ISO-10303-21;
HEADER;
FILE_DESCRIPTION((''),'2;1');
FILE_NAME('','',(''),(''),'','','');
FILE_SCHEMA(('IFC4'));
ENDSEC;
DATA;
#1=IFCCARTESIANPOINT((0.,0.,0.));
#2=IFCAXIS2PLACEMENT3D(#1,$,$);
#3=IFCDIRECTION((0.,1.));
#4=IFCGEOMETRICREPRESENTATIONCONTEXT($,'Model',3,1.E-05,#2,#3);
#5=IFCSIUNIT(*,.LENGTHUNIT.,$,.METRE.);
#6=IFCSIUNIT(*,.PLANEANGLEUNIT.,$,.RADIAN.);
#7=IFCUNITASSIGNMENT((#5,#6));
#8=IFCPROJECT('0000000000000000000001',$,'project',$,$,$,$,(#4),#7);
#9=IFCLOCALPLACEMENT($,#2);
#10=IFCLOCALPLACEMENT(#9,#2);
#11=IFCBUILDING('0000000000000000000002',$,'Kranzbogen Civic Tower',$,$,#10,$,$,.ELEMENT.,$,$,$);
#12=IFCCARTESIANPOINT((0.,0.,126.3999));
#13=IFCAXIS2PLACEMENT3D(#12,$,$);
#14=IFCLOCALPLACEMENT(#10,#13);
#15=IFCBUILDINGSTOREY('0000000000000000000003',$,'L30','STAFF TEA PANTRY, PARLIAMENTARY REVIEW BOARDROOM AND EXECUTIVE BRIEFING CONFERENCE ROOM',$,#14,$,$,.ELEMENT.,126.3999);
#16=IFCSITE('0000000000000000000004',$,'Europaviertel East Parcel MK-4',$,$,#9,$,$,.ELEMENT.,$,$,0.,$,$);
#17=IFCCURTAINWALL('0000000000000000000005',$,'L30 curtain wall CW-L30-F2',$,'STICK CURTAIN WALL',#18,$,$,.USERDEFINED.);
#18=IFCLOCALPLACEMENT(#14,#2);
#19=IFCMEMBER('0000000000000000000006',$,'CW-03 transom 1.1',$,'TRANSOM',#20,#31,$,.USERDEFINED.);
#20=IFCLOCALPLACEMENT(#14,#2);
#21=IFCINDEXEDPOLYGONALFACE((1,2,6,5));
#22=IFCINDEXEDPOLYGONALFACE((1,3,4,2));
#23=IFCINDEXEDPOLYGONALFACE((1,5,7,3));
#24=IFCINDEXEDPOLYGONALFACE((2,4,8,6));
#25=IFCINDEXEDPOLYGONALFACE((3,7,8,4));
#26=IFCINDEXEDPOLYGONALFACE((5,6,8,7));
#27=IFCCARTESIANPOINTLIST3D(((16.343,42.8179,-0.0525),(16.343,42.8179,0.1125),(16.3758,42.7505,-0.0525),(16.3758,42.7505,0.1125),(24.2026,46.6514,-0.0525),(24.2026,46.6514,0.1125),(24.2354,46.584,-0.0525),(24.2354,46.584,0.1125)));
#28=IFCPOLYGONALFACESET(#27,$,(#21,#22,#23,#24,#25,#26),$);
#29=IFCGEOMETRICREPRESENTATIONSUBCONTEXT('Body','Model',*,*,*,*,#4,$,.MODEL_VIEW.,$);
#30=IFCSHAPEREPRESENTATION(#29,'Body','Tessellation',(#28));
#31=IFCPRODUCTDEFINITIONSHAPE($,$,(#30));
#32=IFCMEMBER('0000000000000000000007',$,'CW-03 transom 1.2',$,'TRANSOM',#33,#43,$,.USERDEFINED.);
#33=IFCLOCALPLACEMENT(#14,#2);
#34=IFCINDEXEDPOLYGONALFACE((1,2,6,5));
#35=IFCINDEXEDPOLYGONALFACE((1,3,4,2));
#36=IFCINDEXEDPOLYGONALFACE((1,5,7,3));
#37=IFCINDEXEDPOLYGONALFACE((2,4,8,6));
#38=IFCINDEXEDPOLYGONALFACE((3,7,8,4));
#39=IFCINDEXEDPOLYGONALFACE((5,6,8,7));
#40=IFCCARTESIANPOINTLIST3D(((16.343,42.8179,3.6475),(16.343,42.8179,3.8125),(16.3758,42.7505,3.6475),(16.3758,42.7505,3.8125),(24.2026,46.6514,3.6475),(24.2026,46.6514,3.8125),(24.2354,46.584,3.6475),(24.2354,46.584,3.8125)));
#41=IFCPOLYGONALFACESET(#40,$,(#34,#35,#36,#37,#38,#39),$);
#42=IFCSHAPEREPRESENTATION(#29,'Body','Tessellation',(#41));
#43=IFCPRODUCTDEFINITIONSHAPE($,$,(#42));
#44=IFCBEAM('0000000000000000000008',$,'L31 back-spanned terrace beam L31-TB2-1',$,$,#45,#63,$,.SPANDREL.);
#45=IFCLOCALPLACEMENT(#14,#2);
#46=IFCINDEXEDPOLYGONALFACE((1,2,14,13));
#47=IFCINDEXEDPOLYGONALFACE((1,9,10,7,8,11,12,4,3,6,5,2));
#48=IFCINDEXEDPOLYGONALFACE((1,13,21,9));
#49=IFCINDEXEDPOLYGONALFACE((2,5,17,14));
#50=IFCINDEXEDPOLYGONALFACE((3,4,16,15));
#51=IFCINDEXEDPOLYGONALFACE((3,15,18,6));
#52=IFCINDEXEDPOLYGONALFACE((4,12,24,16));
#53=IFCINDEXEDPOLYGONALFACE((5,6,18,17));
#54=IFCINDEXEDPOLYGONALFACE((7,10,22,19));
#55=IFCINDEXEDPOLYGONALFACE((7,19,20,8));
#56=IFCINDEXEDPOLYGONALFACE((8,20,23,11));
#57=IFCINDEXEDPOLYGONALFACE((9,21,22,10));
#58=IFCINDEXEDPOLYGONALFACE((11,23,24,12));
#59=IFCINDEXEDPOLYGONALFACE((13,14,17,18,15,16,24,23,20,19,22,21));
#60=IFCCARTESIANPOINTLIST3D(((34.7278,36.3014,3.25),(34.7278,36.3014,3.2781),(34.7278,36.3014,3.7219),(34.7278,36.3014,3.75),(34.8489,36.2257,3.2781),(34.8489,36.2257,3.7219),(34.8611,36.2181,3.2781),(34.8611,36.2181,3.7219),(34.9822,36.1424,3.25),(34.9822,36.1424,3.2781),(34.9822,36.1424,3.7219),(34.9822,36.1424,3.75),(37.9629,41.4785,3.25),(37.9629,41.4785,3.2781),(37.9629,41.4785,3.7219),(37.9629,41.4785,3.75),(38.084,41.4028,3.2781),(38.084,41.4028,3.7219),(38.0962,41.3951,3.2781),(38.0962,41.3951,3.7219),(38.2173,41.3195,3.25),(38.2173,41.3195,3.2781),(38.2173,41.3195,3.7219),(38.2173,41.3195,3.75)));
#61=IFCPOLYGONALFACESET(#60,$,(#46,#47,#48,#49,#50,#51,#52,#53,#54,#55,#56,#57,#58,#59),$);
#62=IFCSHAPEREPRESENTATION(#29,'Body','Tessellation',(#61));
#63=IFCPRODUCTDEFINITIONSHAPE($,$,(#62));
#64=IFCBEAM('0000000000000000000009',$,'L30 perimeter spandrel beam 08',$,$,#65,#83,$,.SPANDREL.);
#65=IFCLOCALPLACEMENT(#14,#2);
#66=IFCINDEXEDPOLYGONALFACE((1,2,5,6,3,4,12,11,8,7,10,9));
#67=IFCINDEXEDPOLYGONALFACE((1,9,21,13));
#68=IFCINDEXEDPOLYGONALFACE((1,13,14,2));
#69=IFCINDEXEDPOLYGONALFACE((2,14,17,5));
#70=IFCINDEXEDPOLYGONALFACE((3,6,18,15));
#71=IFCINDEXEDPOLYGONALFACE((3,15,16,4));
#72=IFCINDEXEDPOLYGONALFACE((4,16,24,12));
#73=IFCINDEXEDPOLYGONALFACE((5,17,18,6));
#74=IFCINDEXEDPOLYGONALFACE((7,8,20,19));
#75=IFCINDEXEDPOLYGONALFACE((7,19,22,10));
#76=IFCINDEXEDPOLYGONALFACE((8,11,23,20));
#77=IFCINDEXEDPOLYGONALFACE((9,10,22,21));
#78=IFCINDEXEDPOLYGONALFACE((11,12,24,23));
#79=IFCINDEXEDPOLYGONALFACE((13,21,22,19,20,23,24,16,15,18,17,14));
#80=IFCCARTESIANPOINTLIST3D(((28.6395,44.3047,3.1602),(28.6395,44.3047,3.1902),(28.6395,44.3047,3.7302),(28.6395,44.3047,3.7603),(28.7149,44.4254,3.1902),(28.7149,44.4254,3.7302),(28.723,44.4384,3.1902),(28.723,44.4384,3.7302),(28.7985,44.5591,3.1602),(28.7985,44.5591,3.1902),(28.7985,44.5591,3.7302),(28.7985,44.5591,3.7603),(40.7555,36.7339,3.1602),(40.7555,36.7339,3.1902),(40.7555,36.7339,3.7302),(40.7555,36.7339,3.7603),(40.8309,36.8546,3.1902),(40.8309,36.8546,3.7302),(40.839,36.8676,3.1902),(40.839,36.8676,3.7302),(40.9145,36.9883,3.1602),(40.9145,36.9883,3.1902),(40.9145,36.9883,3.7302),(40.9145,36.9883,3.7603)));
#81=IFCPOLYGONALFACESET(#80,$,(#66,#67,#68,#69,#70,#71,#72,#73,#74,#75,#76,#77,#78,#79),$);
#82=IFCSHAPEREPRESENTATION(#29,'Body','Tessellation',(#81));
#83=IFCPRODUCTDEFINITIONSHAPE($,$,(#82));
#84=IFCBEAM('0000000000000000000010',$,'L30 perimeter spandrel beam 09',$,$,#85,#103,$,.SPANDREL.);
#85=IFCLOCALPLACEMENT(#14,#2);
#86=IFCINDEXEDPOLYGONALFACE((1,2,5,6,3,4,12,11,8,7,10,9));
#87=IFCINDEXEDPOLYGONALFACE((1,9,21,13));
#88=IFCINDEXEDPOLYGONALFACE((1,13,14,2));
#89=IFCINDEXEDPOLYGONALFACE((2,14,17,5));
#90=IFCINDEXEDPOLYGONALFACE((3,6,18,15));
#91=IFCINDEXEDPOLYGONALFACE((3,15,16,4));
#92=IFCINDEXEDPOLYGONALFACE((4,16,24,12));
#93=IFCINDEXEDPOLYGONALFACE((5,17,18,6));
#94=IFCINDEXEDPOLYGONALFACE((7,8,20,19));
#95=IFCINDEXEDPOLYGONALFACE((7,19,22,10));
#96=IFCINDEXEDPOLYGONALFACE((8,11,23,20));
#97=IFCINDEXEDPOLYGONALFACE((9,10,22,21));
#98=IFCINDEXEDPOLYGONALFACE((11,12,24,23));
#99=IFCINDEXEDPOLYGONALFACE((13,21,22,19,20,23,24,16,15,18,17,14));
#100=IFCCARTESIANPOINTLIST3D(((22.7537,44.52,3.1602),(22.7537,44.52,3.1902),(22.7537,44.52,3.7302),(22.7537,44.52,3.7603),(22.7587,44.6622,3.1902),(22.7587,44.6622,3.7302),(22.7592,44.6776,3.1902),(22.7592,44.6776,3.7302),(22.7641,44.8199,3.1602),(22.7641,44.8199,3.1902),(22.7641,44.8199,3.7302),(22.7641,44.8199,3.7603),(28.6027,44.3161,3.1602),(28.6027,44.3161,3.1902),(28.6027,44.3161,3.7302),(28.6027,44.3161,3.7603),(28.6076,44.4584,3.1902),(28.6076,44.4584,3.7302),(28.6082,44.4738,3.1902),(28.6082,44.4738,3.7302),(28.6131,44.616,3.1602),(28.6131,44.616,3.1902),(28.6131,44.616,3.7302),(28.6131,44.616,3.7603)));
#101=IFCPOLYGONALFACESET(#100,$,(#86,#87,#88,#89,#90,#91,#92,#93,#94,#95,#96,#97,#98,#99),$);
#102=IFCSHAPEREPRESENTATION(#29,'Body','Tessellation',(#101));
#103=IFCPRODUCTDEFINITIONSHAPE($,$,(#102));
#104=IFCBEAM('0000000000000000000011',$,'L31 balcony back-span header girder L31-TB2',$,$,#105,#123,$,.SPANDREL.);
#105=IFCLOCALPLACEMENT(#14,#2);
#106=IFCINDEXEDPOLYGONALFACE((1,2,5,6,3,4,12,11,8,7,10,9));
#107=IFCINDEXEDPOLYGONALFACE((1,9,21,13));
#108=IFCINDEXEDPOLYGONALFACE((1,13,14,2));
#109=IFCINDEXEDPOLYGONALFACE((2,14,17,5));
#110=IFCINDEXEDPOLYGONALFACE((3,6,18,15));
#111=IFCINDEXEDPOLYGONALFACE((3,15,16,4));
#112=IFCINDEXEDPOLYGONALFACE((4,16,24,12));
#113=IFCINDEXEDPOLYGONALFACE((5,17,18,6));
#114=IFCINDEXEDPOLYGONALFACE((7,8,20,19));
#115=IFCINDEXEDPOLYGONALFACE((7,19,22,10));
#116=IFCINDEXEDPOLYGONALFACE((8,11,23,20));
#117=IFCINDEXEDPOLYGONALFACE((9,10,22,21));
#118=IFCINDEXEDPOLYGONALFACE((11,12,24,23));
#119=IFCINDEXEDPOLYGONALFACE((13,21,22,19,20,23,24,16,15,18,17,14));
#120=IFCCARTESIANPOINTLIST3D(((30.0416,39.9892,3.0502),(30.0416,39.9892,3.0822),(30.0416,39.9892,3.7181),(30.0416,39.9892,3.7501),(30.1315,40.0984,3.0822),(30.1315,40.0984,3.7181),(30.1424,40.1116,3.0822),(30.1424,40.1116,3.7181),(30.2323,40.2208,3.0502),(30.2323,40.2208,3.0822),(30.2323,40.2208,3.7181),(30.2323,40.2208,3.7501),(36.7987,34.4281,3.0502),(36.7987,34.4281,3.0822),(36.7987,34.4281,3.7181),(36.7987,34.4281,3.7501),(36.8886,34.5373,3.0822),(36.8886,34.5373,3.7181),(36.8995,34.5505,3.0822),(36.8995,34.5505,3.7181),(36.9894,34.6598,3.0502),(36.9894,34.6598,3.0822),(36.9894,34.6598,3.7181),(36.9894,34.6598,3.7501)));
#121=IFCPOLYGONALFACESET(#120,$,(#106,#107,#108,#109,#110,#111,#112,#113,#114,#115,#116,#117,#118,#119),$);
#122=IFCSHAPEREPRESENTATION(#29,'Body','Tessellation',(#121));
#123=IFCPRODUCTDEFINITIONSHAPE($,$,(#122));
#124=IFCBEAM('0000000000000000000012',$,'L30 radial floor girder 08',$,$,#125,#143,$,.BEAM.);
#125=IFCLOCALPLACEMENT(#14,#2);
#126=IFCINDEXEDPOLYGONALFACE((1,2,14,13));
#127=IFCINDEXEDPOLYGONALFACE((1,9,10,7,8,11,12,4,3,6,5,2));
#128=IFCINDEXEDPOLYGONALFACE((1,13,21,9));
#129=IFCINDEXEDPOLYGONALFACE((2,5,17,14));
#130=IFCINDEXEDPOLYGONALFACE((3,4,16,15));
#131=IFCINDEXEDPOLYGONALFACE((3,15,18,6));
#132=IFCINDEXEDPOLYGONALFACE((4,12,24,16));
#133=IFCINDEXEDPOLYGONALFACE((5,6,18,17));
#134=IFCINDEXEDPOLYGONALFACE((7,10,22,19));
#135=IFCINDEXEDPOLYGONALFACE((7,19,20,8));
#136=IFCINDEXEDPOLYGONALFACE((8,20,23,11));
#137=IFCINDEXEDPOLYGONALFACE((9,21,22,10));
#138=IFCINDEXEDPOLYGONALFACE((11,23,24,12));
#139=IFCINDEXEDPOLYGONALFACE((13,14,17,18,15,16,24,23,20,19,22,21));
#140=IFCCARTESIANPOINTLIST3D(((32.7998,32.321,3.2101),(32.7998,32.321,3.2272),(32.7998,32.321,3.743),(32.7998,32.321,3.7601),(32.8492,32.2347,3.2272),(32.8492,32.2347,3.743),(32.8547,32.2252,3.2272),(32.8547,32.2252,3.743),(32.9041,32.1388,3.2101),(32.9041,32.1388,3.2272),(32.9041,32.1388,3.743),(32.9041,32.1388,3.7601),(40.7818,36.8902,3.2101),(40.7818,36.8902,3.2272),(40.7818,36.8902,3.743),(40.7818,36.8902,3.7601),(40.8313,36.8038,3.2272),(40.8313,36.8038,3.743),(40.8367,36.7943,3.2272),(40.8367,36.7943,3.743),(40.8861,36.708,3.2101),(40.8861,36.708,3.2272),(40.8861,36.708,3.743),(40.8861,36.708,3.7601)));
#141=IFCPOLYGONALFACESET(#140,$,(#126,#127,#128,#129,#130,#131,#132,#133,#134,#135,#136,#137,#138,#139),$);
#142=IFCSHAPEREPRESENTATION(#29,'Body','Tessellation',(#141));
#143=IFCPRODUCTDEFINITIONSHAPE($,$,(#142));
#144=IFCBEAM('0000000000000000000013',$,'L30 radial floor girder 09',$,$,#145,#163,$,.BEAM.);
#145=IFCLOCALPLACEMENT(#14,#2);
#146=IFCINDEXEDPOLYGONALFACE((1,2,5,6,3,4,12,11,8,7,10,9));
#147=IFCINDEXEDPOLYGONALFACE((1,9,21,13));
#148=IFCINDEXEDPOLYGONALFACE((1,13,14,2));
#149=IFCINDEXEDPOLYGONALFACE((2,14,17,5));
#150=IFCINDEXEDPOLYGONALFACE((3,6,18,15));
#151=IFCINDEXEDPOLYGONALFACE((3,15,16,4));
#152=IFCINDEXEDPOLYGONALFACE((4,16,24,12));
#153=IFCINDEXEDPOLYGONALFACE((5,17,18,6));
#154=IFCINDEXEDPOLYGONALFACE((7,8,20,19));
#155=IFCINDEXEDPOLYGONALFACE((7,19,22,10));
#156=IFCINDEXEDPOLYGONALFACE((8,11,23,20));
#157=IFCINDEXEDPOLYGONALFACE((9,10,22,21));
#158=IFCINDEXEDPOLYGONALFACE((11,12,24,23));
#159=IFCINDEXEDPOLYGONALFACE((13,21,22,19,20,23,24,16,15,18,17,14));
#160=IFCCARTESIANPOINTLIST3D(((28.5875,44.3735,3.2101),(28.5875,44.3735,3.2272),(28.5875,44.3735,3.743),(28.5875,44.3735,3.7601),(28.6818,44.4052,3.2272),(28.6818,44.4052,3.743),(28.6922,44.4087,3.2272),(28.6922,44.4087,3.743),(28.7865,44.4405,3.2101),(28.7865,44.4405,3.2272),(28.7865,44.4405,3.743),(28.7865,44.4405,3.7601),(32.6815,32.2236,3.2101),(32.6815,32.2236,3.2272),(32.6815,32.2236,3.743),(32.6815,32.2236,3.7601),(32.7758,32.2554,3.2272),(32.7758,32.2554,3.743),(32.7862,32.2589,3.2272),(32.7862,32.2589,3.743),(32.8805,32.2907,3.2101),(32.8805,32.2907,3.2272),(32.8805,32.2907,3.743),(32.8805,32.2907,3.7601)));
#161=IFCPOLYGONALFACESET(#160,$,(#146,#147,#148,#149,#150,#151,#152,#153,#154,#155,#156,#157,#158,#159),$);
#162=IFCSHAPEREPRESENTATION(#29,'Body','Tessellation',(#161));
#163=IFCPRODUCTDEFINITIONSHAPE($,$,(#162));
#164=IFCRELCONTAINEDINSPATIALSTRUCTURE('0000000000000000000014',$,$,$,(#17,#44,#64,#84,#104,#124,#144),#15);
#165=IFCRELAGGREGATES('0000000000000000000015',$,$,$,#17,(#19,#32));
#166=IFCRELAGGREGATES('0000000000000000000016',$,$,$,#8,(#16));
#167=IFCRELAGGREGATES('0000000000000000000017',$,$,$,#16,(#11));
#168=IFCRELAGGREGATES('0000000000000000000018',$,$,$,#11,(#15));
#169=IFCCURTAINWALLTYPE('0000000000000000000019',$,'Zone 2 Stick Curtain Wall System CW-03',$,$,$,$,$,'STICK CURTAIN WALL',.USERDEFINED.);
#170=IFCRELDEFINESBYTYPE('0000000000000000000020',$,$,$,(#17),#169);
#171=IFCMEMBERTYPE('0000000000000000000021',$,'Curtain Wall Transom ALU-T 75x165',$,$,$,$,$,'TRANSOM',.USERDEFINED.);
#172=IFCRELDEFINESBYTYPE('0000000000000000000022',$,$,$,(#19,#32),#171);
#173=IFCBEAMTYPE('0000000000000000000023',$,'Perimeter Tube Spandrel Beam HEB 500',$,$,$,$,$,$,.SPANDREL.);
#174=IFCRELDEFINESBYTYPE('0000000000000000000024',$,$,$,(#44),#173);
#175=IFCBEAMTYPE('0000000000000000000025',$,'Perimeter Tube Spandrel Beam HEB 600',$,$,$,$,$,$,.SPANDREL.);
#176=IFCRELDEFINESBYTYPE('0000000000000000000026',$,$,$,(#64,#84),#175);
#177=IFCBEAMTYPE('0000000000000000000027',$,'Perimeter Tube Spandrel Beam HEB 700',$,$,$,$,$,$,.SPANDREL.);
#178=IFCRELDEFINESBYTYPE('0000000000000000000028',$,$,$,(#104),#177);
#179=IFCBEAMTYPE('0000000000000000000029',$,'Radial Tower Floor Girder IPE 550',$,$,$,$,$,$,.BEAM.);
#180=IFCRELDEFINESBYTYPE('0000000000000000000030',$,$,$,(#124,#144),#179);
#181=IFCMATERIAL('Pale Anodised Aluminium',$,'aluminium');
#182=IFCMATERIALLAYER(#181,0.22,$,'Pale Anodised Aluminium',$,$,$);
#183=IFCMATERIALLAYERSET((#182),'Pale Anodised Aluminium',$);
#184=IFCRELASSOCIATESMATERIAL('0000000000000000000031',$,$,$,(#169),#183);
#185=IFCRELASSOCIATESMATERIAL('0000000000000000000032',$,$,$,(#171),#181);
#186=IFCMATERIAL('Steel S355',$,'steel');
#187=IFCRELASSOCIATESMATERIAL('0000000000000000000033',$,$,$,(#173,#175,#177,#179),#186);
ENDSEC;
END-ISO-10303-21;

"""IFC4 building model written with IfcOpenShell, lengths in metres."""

from ifc_helpers import new_model, si_unit, direction, frame, origin, origin_2d, place, context, subcontext, project, spatial, rectangle, i_section, extrude, material, layer, layer_set, material_profile, profile_set, type_object, element, aggregate, save


model = new_model("IFC4")

# Units and contexts
model_context = context("Model", 3, precision=1e-05, world=origin(), true_north=direction((0.0, 1.0)))
body_context = subcontext(model_context, "Body", "Model", "MODEL_VIEW")
ifc_project = project(units=[si_unit("LENGTHUNIT", "METRE"), si_unit("PLANEANGLEUNIT", "RADIAN")], contexts=[model_context])

# Site, building, storey
site_placement = place(None, origin())
site = spatial("IfcSite", under=ifc_project, at=site_placement, Name="Europaviertel East Parcel MK-4", CompositionType="ELEMENT", RefElevation=0.0)
building_placement = place(site_placement, origin())
building = spatial("IfcBuilding", under=site, at=building_placement, Name="Kranzbogen Civic Tower", CompositionType="ELEMENT")
storey_placement = place(building_placement, frame((0.0, 0.0, 126.3999)))
storey = spatial("IfcBuildingStorey", under=building, at=storey_placement, Name="L30", Description="STAFF TEA PANTRY, PARLIAMENTARY REVIEW BOARDROOM AND EXECUTIVE BRIEFING CONFERENCE ROOM", CompositionType="ELEMENT", Elevation=126.3999)

# Shared definitions
ifc_material_1 = material(Name="Steel S355", Category="steel")

# Shared definitions
ifc_material_2 = material(Name="Pale Anodised Aluminium", Category="aluminium")
ifc_layer_1 = layer(ifc_material_2, 0.22, Name="Pale Anodised Aluminium")
ifc_layer_set_1 = layer_set([ifc_layer_1], Name="Pale Anodised Aluminium")
curtain_wall_type = type_object("IfcCurtainWallType", Name="Zone 2 Stick Curtain Wall System CW-03", ElementType="STICK CURTAIN WALL", PredefinedType="USERDEFINED", material=ifc_layer_set_1)

# Curtain wall
curtain_wall_1_placement = place(storey_placement, origin())
curtain_wall_1 = element("IfcCurtainWall", 1, at=curtain_wall_1_placement, inside=storey, type_object=curtain_wall_type, Name="L30 curtain wall CW-L30-F2", ObjectType="STICK CURTAIN WALL", PredefinedType="USERDEFINED")

# Members
ifc_material_profile_1 = material_profile(ifc_material_2, rectangle(XDim=0.075, YDim=0.165, at=origin_2d()), Name="ALU-T 75x165")
ifc_profile_set_1 = profile_set([ifc_material_profile_1], Name="Pale Anodised Aluminium")
member_type_1 = type_object("IfcMemberType", Name="Curtain Wall Transom ALU-T 75x165", ElementType="TRANSOM", PredefinedType="USERDEFINED", material=ifc_profile_set_1)
member_1_placement = place(storey_placement, frame((24.219, 46.6177, 0.03), z_axis=(-0.898789, -0.438381, 0.0), x_axis=(0.438381, -0.898789, 0.0)))
member_1 = element("IfcMember", 2, at=member_1_placement, type_object=member_type_1, Name="CW-03 transom 1.1", ObjectType="TRANSOM", PredefinedType="USERDEFINED", context=body_context, shape_type="SweptSolid", body=[
    extrude(rectangle(XDim=0.075, YDim=0.165, at=origin_2d()), origin(), (0.0, 0.0, 1.0), 8.7446),
])
member_2_placement = place(storey_placement, frame((24.219, 46.6177, 3.73), z_axis=(-0.898789, -0.438381, 0.0), x_axis=(0.438381, -0.898789, 0.0)))
member_2 = element("IfcMember", 3, at=member_2_placement, type_object=member_type_1, Name="CW-03 transom 1.2", ObjectType="TRANSOM", PredefinedType="USERDEFINED", context=body_context, shape_type="SweptSolid", body=[
    extrude(rectangle(XDim=0.075, YDim=0.165, at=origin_2d()), origin(), (0.0, 0.0, 1.0), 8.7446),
])
aggregate(curtain_wall_1, [member_1, member_2])

# Beams
ifc_material_profile_2 = material_profile(ifc_material_1, i_section(OverallWidth=0.3, OverallDepth=0.5, WebThickness=0.0144, FlangeThickness=0.0281, at=origin_2d()), Name="HEB 500")
ifc_profile_set_2 = profile_set([ifc_material_profile_2], Name="Steel S355")
beam_type_1 = type_object("IfcBeamType", Name="Perimeter Tube Spandrel Beam HEB 500", PredefinedType="SPANDREL", material=ifc_profile_set_2)
beam_1_placement = place(storey_placement, frame((34.855, 36.2219, 3.5), z_axis=(0.529938, 0.848036, 0.0), x_axis=(-0.848036, 0.529938, 0.0)))
element("IfcBeam", 4, at=beam_1_placement, inside=storey, type_object=beam_type_1, Name="L31 back-spanned terrace beam L31-TB2-1", PredefinedType="SPANDREL", context=body_context, shape_type="SweptSolid", body=[
    extrude(i_section(OverallWidth=0.3, OverallDepth=0.5, WebThickness=0.0144, FlangeThickness=0.0281, at=origin_2d()), origin(), (0.0, 0.0, 1.0), 6.1047),
])
ifc_material_profile_3 = material_profile(ifc_material_1, i_section(OverallWidth=0.3, OverallDepth=0.6001, WebThickness=0.0154, FlangeThickness=0.03, at=origin_2d()), Name="HEB 600")
ifc_profile_set_3 = profile_set([ifc_material_profile_3], Name="Steel S355")
beam_type_2 = type_object("IfcBeamType", Name="Perimeter Tube Spandrel Beam HEB 600", PredefinedType="SPANDREL", material=ifc_profile_set_3)
beam_2_placement = place(storey_placement, frame((40.835, 36.8611, 3.4602), z_axis=(-0.848051, 0.529914, 0.0), x_axis=(-0.529914, -0.848051, 0.0)))
element("IfcBeam", 5, at=beam_2_placement, inside=storey, type_object=beam_type_2, Name="L30 perimeter spandrel beam 08", PredefinedType="SPANDREL", context=body_context, shape_type="SweptSolid", body=[
    extrude(i_section(OverallWidth=0.3, OverallDepth=0.6001, WebThickness=0.0154, FlangeThickness=0.03, at=origin_2d()), origin(), (0.0, 0.0, 1.0), 14.2869),
])
beam_3_placement = place(storey_placement, frame((28.6079, 44.4661, 3.4602), z_axis=(-0.999393, 0.034833, 0.0), x_axis=(-0.034833, -0.999393, 0.0)))
element("IfcBeam", 6, at=beam_3_placement, inside=storey, type_object=beam_type_2, Name="L30 perimeter spandrel beam 09", PredefinedType="SPANDREL", context=body_context, shape_type="SweptSolid", body=[
    extrude(i_section(OverallWidth=0.3, OverallDepth=0.6001, WebThickness=0.0154, FlangeThickness=0.03, at=origin_2d()), origin(), (0.0, 0.0, 1.0), 5.8525),
])
ifc_material_profile_4 = material_profile(ifc_material_1, i_section(OverallWidth=0.3, OverallDepth=0.7, WebThickness=0.0171, FlangeThickness=0.032, at=origin_2d()), Name="HEB 700")
ifc_profile_set_4 = profile_set([ifc_material_profile_4], Name="Steel S355")
beam_type_3 = type_object("IfcBeamType", Name="Perimeter Tube Spandrel Beam HEB 700", PredefinedType="SPANDREL", material=ifc_profile_set_4)
beam_4_placement = place(storey_placement, frame((36.894, 34.5439, 3.4001), z_axis=(-0.772133, 0.635461, 0.0), x_axis=(-0.635461, -0.772133, 0.0)))
element("IfcBeam", 7, at=beam_4_placement, inside=storey, type_object=beam_type_3, Name="L31 balcony back-span header girder L31-TB2", PredefinedType="SPANDREL", context=body_context, shape_type="SweptSolid", body=[
    extrude(i_section(OverallWidth=0.3, OverallDepth=0.7, WebThickness=0.0171, FlangeThickness=0.032, at=origin_2d()), origin(), (0.0, 0.0, 1.0), 8.7512),
])
ifc_material_profile_5 = material_profile(ifc_material_1, i_section(OverallWidth=0.21, OverallDepth=0.55, WebThickness=0.011, FlangeThickness=0.0171, at=origin_2d()), Name="IPE 550")
ifc_profile_set_5 = profile_set([ifc_material_profile_5], Name="Steel S355")
beam_type_4 = type_object("IfcBeamType", Name="Radial Tower Floor Girder IPE 550", PredefinedType="BEAM", material=ifc_profile_set_5)
beam_5_placement = place(storey_placement, frame((40.834, 36.7991, 3.4851), z_axis=(-0.867869, -0.496793, 0.0), x_axis=(0.496793, -0.867869, 0.0)))
element("IfcBeam", 8, at=beam_5_placement, inside=storey, type_object=beam_type_4, Name="L30 radial floor girder 08", PredefinedType="BEAM", context=body_context, shape_type="SweptSolid", body=[
    extrude(i_section(OverallWidth=0.21, OverallDepth=0.55, WebThickness=0.011, FlangeThickness=0.0171, at=origin_2d()), origin(), (0.0, 0.0, 1.0), 9.1973),
])
beam_6_placement = place(storey_placement, frame((28.687, 44.407, 3.4851), z_axis=(0.319317, -0.947648, 0.0), x_axis=(0.947648, 0.319317, 0.0)))
element("IfcBeam", 9, at=beam_6_placement, inside=storey, type_object=beam_type_4, Name="L30 radial floor girder 09", PredefinedType="BEAM", context=body_context, shape_type="SweptSolid", body=[
    extrude(i_section(OverallWidth=0.21, OverallDepth=0.55, WebThickness=0.011, FlangeThickness=0.0171, at=origin_2d()), origin(), (0.0, 0.0, 1.0), 12.821),
])

save(model, "model.ifc")
